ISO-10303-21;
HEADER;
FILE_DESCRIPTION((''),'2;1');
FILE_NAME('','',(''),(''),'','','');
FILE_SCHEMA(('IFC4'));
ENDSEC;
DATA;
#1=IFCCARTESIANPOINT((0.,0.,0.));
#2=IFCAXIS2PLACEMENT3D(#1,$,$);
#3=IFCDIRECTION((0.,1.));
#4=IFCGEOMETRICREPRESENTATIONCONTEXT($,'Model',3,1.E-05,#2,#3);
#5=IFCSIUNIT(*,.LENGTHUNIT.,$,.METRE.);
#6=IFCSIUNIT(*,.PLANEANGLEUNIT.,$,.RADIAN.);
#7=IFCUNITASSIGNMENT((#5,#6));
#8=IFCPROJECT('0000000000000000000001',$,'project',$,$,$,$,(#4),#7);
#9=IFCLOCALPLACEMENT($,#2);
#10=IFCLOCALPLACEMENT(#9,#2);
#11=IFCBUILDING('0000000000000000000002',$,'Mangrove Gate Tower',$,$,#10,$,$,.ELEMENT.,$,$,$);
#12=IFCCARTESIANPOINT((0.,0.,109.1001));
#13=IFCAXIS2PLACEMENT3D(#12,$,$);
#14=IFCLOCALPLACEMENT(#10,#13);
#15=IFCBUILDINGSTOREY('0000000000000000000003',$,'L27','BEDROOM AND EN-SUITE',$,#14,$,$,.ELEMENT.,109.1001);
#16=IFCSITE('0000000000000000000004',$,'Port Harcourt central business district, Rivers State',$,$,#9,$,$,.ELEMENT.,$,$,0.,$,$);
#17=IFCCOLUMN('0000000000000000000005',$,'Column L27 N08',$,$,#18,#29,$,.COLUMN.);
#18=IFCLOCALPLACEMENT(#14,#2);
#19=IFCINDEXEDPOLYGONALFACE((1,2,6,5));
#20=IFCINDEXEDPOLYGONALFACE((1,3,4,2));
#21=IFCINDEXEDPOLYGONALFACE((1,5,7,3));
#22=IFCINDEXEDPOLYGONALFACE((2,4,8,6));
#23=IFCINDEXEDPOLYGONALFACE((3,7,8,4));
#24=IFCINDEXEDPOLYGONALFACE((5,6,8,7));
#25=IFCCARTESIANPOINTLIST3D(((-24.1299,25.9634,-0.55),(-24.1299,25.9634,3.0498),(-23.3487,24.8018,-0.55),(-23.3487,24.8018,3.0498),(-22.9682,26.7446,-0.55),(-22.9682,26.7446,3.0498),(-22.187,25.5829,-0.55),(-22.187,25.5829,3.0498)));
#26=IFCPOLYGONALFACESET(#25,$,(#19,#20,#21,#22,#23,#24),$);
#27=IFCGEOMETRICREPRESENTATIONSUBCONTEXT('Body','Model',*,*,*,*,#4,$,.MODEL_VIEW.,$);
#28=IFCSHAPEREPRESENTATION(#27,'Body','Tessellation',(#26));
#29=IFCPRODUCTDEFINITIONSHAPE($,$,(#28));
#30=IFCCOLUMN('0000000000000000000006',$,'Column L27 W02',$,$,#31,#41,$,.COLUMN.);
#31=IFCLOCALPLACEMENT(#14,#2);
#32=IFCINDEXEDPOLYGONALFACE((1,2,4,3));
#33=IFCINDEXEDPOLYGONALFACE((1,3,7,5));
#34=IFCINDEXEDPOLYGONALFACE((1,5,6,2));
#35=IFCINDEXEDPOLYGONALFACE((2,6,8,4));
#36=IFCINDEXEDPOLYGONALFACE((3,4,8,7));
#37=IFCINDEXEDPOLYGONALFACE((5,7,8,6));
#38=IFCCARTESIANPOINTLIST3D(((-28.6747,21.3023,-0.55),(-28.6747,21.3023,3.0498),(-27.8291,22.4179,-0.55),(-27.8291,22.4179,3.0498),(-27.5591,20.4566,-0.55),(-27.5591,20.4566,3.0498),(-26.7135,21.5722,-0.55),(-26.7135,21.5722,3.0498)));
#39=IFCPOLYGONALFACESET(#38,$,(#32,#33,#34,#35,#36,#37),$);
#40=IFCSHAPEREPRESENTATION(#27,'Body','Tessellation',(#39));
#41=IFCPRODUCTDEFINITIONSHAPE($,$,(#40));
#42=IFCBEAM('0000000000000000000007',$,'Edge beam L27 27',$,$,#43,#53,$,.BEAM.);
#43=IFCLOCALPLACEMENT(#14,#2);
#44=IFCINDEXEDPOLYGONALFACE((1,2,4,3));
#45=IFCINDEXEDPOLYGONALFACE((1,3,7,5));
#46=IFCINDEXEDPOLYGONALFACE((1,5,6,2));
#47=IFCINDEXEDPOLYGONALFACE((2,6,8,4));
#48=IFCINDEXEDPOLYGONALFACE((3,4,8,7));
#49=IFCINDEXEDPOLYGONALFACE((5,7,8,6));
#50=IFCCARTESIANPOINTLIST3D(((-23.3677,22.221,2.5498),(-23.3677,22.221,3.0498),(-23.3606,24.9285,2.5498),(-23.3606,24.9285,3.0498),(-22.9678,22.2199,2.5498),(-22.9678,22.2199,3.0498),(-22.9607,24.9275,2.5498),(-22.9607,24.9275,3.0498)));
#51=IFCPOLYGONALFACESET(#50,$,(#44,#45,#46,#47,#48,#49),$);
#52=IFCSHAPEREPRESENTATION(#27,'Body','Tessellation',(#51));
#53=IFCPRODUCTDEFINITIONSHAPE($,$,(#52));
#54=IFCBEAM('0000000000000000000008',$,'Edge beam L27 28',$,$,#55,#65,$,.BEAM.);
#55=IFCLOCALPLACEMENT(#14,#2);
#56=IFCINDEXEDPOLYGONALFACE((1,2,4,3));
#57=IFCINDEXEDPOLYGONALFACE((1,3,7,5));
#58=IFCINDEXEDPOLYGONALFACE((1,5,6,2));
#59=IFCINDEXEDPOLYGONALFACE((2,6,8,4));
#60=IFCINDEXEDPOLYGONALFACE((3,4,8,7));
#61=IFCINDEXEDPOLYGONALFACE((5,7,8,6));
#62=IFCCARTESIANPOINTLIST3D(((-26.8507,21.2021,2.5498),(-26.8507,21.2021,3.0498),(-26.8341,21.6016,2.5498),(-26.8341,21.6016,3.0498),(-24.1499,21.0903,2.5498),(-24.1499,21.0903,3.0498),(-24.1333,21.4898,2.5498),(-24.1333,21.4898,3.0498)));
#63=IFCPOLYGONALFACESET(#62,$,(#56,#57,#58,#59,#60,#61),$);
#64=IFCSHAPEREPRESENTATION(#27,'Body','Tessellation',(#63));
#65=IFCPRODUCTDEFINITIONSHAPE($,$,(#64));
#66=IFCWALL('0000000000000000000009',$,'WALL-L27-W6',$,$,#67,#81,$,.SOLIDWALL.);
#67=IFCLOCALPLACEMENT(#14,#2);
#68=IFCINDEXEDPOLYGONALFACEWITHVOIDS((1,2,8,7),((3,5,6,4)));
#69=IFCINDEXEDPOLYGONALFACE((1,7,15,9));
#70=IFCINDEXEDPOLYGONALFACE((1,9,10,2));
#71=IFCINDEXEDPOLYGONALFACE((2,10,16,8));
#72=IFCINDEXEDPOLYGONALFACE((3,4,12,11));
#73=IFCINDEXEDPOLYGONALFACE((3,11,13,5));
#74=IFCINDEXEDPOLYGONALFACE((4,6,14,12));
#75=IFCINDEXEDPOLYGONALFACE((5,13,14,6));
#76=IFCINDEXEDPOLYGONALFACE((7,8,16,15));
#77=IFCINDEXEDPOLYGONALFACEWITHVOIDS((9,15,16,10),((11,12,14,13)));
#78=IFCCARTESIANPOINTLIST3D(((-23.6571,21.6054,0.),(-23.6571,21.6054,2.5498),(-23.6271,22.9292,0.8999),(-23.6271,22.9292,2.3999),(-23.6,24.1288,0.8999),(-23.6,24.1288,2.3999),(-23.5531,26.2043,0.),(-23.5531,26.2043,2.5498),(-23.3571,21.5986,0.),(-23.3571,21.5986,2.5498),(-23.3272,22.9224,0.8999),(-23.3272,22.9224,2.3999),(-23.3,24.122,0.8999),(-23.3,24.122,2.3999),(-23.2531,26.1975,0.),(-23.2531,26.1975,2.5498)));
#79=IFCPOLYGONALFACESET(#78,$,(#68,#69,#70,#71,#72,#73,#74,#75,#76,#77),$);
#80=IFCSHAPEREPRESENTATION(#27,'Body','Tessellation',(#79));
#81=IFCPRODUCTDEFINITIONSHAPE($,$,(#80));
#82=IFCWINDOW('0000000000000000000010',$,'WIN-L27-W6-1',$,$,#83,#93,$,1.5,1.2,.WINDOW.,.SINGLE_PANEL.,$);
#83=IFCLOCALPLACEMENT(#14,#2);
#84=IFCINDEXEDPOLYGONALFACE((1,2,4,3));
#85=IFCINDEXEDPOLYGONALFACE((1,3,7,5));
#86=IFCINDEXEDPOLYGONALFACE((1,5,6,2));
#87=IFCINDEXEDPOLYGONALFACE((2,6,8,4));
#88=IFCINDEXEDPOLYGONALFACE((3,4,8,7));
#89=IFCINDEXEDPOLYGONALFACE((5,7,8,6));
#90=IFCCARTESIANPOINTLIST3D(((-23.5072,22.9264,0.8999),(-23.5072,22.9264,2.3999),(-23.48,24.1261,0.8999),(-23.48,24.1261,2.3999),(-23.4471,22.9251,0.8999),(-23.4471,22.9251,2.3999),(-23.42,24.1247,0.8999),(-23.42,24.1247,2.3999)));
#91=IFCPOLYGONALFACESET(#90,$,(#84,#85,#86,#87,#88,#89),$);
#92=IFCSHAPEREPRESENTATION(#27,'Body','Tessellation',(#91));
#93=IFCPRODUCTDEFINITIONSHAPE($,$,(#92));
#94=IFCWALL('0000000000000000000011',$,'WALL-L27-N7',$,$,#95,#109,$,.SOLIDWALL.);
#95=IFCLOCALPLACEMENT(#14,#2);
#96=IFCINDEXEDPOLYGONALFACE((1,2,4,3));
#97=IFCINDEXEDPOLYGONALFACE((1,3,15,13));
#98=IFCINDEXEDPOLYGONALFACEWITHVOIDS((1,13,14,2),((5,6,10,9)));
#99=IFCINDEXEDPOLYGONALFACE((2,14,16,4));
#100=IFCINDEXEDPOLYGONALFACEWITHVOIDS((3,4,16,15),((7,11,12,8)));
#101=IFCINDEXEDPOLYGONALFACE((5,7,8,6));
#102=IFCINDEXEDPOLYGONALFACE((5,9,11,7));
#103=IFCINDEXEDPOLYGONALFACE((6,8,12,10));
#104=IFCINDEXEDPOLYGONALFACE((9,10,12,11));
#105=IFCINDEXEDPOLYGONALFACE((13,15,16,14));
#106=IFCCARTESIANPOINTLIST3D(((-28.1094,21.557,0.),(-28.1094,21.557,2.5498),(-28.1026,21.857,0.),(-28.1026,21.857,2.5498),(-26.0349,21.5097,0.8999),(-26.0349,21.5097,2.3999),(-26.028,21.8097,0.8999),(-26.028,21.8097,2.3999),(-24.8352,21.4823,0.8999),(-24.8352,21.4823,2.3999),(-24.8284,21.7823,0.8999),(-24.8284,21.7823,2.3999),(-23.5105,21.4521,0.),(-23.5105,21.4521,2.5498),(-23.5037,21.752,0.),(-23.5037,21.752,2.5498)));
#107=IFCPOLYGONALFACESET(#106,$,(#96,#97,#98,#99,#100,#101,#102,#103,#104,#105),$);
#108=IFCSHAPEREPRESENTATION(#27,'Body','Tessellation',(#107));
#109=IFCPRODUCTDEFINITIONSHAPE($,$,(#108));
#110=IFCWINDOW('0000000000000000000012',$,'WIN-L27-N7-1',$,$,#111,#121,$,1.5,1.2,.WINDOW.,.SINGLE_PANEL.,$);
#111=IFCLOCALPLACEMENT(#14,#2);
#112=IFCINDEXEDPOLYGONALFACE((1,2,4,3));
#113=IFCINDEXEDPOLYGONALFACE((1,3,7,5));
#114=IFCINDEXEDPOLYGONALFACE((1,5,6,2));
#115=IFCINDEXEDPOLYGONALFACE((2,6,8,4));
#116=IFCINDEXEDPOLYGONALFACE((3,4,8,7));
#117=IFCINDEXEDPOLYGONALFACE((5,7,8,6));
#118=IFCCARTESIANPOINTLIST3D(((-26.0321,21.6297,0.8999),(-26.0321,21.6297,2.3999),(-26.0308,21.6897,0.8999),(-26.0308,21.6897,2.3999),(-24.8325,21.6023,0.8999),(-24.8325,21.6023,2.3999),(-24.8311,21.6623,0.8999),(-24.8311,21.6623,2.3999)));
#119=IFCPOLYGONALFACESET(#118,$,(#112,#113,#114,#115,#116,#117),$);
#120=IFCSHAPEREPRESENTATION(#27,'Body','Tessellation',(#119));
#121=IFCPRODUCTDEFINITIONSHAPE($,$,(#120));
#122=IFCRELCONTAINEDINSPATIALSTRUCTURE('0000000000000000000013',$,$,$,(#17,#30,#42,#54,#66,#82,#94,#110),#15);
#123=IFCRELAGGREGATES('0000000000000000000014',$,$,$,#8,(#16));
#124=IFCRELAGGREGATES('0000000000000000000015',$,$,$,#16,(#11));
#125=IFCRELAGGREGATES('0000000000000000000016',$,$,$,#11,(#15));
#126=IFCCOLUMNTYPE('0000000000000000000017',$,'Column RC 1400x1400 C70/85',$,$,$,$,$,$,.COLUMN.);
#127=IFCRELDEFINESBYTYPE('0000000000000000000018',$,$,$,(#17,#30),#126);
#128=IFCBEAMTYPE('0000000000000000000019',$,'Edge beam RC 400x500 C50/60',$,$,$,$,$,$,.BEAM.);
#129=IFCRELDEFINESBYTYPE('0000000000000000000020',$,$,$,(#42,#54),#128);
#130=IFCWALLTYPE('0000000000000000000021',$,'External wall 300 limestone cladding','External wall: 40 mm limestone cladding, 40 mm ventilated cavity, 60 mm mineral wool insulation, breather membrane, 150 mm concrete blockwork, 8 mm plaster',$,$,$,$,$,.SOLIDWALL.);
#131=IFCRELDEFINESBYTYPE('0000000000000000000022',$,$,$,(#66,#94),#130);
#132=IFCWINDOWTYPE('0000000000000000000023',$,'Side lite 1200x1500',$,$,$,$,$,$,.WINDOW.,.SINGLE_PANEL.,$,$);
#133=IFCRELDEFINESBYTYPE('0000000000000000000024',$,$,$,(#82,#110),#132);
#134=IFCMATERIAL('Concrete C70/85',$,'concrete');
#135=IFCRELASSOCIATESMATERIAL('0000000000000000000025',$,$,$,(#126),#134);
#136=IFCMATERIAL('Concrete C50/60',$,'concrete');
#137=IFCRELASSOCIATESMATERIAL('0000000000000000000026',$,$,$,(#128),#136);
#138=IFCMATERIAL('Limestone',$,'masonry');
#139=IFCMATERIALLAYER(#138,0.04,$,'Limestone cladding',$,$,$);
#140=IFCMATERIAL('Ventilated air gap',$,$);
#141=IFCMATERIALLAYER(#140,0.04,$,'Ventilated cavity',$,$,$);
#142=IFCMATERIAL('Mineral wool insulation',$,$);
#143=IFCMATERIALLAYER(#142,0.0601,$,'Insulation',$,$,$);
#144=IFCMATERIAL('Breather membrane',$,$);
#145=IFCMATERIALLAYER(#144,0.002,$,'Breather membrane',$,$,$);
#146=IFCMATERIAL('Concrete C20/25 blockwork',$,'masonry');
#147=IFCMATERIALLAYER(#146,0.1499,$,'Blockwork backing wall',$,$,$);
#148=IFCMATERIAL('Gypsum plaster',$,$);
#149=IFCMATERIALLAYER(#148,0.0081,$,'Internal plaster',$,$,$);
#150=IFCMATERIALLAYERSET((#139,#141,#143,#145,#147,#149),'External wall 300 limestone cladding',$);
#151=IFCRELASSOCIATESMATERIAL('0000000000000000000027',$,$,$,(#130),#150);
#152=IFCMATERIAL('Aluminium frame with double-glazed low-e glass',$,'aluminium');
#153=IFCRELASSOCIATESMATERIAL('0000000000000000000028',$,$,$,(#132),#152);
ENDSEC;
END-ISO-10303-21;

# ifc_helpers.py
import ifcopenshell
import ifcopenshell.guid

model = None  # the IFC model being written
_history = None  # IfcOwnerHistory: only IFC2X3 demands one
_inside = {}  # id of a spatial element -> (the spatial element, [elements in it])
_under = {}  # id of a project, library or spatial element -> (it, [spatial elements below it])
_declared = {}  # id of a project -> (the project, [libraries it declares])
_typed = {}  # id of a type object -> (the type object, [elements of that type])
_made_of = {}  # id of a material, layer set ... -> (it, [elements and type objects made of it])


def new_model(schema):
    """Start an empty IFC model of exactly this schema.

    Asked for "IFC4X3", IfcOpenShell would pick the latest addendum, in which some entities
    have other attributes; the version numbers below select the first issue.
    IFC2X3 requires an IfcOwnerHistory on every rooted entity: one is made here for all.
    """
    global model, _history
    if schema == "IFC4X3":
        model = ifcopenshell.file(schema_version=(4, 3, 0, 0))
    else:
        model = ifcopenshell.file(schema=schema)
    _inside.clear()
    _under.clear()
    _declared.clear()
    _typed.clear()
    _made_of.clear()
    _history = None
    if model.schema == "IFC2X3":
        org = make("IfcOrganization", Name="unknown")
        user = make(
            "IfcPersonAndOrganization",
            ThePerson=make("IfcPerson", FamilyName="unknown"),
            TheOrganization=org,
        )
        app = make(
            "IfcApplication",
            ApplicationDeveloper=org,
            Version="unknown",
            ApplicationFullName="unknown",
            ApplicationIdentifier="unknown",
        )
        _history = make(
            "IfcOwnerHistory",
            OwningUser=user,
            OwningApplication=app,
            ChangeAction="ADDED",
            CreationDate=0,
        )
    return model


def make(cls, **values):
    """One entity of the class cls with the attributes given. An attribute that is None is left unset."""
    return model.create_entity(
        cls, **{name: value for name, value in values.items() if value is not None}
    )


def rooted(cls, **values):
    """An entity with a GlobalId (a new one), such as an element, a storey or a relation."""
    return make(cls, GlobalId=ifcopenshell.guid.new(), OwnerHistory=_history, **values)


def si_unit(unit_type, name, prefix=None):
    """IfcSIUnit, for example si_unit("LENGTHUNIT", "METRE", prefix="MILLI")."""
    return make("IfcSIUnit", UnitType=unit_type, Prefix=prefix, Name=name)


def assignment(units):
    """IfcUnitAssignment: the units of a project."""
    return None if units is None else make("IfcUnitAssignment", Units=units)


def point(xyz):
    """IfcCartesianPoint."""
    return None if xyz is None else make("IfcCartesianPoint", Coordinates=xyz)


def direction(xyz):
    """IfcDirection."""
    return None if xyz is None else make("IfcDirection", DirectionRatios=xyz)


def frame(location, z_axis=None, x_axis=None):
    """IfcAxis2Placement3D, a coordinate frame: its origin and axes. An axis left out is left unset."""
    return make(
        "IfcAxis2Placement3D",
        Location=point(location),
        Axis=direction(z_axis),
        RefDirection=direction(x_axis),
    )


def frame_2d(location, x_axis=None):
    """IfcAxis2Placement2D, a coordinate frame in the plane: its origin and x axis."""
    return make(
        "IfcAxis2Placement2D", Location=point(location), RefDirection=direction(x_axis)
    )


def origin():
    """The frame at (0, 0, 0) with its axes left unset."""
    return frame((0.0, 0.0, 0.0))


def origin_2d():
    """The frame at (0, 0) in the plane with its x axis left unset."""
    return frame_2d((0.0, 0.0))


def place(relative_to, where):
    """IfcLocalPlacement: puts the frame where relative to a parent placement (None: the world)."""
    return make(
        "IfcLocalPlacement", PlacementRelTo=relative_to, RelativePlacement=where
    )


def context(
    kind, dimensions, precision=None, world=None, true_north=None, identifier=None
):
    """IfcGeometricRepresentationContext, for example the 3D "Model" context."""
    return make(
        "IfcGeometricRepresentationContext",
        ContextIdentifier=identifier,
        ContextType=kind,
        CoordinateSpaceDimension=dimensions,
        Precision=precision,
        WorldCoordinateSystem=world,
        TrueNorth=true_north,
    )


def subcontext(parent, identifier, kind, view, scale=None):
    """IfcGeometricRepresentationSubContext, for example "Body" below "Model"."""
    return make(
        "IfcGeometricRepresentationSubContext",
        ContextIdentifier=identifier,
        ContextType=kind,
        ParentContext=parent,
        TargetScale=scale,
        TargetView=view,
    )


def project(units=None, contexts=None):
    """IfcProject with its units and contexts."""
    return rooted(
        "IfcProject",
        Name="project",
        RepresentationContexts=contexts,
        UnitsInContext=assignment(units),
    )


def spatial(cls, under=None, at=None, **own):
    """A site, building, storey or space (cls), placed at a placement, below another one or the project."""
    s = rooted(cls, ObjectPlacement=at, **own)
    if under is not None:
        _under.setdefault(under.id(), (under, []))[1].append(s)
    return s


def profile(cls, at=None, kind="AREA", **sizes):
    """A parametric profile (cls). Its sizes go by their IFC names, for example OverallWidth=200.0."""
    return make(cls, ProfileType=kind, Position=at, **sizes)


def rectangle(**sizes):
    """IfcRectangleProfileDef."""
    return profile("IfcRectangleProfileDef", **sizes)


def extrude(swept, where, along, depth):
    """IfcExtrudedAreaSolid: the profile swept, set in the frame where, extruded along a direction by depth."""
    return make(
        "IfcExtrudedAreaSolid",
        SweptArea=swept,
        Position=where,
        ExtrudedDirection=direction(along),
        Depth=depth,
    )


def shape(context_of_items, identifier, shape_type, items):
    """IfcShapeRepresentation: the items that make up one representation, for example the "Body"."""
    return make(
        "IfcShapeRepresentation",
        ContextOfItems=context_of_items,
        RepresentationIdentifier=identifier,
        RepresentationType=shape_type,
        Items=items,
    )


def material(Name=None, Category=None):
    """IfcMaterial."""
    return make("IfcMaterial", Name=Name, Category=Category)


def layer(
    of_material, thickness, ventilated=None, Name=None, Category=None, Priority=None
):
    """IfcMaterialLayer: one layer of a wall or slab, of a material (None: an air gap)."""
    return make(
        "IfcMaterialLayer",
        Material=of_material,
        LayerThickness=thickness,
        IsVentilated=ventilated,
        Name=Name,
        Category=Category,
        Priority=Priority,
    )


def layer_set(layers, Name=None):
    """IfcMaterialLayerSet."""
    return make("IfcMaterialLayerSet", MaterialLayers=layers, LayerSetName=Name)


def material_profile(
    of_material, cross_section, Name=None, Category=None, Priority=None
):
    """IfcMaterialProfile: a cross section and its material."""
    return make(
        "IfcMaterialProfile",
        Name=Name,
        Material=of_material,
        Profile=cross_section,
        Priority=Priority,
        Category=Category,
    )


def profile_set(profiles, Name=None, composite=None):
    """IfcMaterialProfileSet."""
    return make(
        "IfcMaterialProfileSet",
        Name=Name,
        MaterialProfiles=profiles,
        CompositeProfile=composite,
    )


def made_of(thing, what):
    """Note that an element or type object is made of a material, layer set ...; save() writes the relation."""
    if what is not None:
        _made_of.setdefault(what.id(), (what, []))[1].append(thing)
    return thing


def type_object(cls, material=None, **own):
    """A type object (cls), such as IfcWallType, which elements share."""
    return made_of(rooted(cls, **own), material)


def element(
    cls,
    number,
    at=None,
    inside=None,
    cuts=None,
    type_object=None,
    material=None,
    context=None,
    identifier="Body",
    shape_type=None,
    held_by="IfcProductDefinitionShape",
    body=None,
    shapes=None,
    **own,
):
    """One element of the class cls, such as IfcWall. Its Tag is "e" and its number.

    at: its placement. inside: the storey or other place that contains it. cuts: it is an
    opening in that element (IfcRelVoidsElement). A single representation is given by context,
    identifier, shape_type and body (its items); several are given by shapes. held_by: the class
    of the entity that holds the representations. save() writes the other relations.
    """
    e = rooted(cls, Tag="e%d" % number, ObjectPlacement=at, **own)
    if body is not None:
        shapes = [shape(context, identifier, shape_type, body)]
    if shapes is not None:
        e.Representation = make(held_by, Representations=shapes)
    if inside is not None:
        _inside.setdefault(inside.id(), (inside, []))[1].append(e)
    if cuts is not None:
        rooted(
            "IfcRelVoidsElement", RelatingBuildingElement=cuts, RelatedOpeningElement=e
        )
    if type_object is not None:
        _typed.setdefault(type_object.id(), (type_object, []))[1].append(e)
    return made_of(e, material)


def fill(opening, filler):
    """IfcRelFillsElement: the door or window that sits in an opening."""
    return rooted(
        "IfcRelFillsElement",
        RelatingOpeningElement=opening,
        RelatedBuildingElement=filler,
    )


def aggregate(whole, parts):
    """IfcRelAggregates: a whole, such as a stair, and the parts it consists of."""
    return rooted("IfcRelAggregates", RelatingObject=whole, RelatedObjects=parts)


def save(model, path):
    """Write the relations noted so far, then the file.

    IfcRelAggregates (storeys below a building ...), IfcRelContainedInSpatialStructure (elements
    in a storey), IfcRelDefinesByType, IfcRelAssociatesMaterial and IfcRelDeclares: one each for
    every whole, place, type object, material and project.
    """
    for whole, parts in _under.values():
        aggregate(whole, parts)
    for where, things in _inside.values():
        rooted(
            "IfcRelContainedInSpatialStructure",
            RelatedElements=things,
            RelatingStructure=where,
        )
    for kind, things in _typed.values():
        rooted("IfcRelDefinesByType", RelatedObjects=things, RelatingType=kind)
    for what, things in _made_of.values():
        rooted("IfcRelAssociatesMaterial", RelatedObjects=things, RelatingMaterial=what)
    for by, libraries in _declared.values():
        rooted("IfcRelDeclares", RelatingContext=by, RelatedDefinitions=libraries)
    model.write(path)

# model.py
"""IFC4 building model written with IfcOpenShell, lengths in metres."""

from ifc_helpers import new_model, si_unit, direction, frame, frame_2d, origin, origin_2d, place, context, subcontext, project, spatial, rectangle, extrude, material, layer, layer_set, material_profile, profile_set, type_object, element, fill, save


model = new_model("IFC4")

# Units and contexts
model_context = context("Model", 3, precision=1e-05, world=origin(), true_north=direction((0.0, 1.0)))
body_context = subcontext(model_context, "Body", "Model", "MODEL_VIEW")
ifc_project = project(units=[si_unit("LENGTHUNIT", "METRE"), si_unit("PLANEANGLEUNIT", "RADIAN")], contexts=[model_context])

# Site, building, storey
site_placement = place(None, origin())
site = spatial("IfcSite", under=ifc_project, at=site_placement, Name="Port Harcourt central business district, Rivers State", CompositionType="ELEMENT", RefElevation=0.0)
building_placement = place(site_placement, origin())
building = spatial("IfcBuilding", under=site, at=building_placement, Name="Mangrove Gate Tower", CompositionType="ELEMENT")
storey_placement = place(building_placement, frame((0.0, 0.0, 109.1001)))
storey = spatial("IfcBuildingStorey", under=building, at=storey_placement, Name="L27", Description="BEDROOM AND EN-SUITE", CompositionType="ELEMENT", Elevation=109.1001)

# Columns
ifc_material_1 = material(Name="Concrete C70/85", Category="concrete")
ifc_material_profile_1 = material_profile(ifc_material_1, rectangle(XDim=1.3999, YDim=1.3999, at=origin_2d()))
ifc_profile_set_1 = profile_set([ifc_material_profile_1], Name="Concrete C70/85")
column_type = type_object("IfcColumnType", Name="Column RC 1400x1400 C70/85", PredefinedType="COLUMN", material=ifc_profile_set_1)
for number, where, z_axis, x_axis, name in (
    (1, (-23.1584, 25.7732, -0.55), (0.0, 0.0, 1.0), (-0.829826, -0.558023, 0.0), "Column L27 N08"),
    (2, (-27.6941, 21.4373, -0.55), (0.0, 0.0, 1.0), (-0.604088, -0.796917, 0.0), "Column L27 W02"),
):
    element("IfcColumn", number, at=place(storey_placement, frame(where, z_axis=z_axis, x_axis=x_axis)), inside=storey, type_object=column_type, Name=name, PredefinedType="COLUMN", context=body_context, shape_type="SweptSolid", body=[
        extrude(rectangle(XDim=1.3999, YDim=1.3999, at=origin_2d()), origin(), (0.0, 0.0, 1.0), 3.5999),
    ])

# Beams
ifc_material_2 = material(Name="Concrete C50/60", Category="concrete")
ifc_material_profile_2 = material_profile(ifc_material_2, rectangle(XDim=0.3999, YDim=0.5, at=origin_2d()))
ifc_profile_set_2 = profile_set([ifc_material_profile_2], Name="Concrete C50/60")
beam_type = type_object("IfcBeamType", Name="Edge beam RC 400x500 C50/60", PredefinedType="BEAM", material=ifc_profile_set_2)
beam_1_placement = place(storey_placement, frame((-23.1606, 24.928, 2.7998), z_axis=(-0.002615, -0.999997, 0.0), x_axis=(0.999997, -0.002615, 0.0)))
element("IfcBeam", 3, at=beam_1_placement, inside=storey, type_object=beam_type, Name="Edge beam L27 27", PredefinedType="BEAM", context=body_context, shape_type="SweptSolid", body=[
    extrude(rectangle(XDim=0.3999, YDim=0.5, at=origin_2d()), origin(), (0.0, 0.0, 1.0), 2.7075),
])
beam_2_placement = place(storey_placement, frame((-24.1416, 21.29, 2.7998), z_axis=(-0.999144, 0.041364, 0.0), x_axis=(-0.041364, -0.999144, 0.0)))
element("IfcBeam", 4, at=beam_2_placement, inside=storey, type_object=beam_type, Name="Edge beam L27 28", PredefinedType="BEAM", context=body_context, shape_type="SweptSolid", body=[
    extrude(rectangle(XDim=0.3999, YDim=0.5, at=origin_2d()), origin(), (0.0, 0.0, 1.0), 2.7031),
])

# Walls, openings, windows
ifc_material_3 = material(Name="Limestone", Category="masonry")
ifc_layer_1 = layer(ifc_material_3, 0.04, Name="Limestone cladding")
ifc_material_4 = material(Name="Ventilated air gap")
ifc_layer_2 = layer(ifc_material_4, 0.04, Name="Ventilated cavity")
ifc_material_5 = material(Name="Mineral wool insulation")
ifc_layer_3 = layer(ifc_material_5, 0.0601, Name="Insulation")
ifc_material_6 = material(Name="Breather membrane")
ifc_layer_4 = layer(ifc_material_6, 0.002, Name="Breather membrane")
ifc_material_7 = material(Name="Concrete C20/25 blockwork", Category="masonry")
ifc_layer_5 = layer(ifc_material_7, 0.1499, Name="Blockwork backing wall")
ifc_material_8 = material(Name="Gypsum plaster")
ifc_layer_6 = layer(ifc_material_8, 0.0081, Name="Internal plaster")
ifc_layer_set = layer_set([ifc_layer_1, ifc_layer_2, ifc_layer_3, ifc_layer_4, ifc_layer_5, ifc_layer_6], Name="External wall 300 limestone cladding")
wall_type = type_object("IfcWallType", Name="External wall 300 limestone cladding", Description="External wall: 40 mm limestone cladding, 40 mm ventilated cavity, 60 mm mineral wool insulation, breather membrane, 150 mm concrete blockwork, 8 mm plaster", PredefinedType="SOLIDWALL", material=ifc_layer_set)
wall_1_placement = place(storey_placement, frame((-23.4031, 26.2009, 0.0), z_axis=(0.0, 0.0, 1.0), x_axis=(-0.022609, -0.999744, 0.0)))
wall_1 = element("IfcWall", 5, at=wall_1_placement, inside=storey, type_object=wall_type, Name="WALL-L27-W6", PredefinedType="SOLIDWALL", context=body_context, shape_type="SweptSolid", body=[
    extrude(rectangle(XDim=4.6001, YDim=0.3, at=frame_2d((2.3, 0.0))), origin(), (0.0, 0.0, 1.0), 2.5498),
])
opening_1_placement = place(wall_1_placement, frame((2.0759, 0.0, 0.8999)))
opening_1 = element("IfcOpeningElement", 6, at=opening_1_placement, cuts=wall_1, PredefinedType="OPENING", context=body_context, shape_type="SweptSolid", body=[
    extrude(rectangle(XDim=1.2, YDim=1.5, at=frame_2d((0.6001, 0.75))), frame((0.0, 0.1599, 0.0), z_axis=(0.0, -1.0, 0.0), x_axis=(1.0, 0.0, 0.0)), (0.0, 0.0, 1.0), 0.3201),
])
ifc_material_9 = material(Name="Aluminium frame with double-glazed low-e glass", Category="aluminium")
window_type_1 = type_object("IfcWindowType", Name="Side lite 1200x1500", PartitioningType="SINGLE_PANEL", PredefinedType="WINDOW", material=ifc_material_9)
window_1_placement = place(opening_1_placement, origin())
window_1 = element("IfcWindow", 7, at=window_1_placement, inside=storey, type_object=window_type_1, Name="WIN-L27-W6-1", OverallHeight=1.5, OverallWidth=1.2, PartitioningType="SINGLE_PANEL", PredefinedType="WINDOW", context=body_context, shape_type="SweptSolid", body=[
    extrude(rectangle(XDim=1.2, YDim=1.5, at=frame_2d((0.6001, 0.75))), frame((0.0, 0.03, 0.0), z_axis=(0.0, -1.0, 0.0), x_axis=(1.0, 0.0, 0.0)), (0.0, 0.0, 1.0), 0.0601),
])
fill(opening_1, window_1)
wall_2_placement = place(storey_placement, frame((-23.5071, 21.6021, 0.0), z_axis=(0.0, 0.0, 1.0), x_axis=(-0.99974, 0.022821, 0.0)))
wall_2 = element("IfcWall", 8, at=wall_2_placement, inside=storey, type_object=wall_type, Name="WALL-L27-N7", PredefinedType="SOLIDWALL", context=body_context, shape_type="SweptSolid", body=[
    extrude(rectangle(XDim=4.6001, YDim=0.3, at=frame_2d((2.3, 0.0))), origin(), (0.0, 0.0, 1.0), 2.5498),
])
opening_2_placement = place(wall_2_placement, frame((1.325, 0.0, 0.8999)))
opening_2 = element("IfcOpeningElement", 9, at=opening_2_placement, cuts=wall_2, PredefinedType="OPENING", context=body_context, shape_type="SweptSolid", body=[
    extrude(rectangle(XDim=1.2, YDim=1.5, at=frame_2d((0.6001, 0.75))), frame((0.0, 0.1599, 0.0), z_axis=(0.0, -1.0, 0.0), x_axis=(1.0, 0.0, 0.0)), (0.0, 0.0, 1.0), 0.3201),
])
window_2_placement = place(opening_2_placement, origin())
window_2 = element("IfcWindow", 10, at=window_2_placement, inside=storey, type_object=window_type_1, Name="WIN-L27-N7-1", OverallHeight=1.5, OverallWidth=1.2, PartitioningType="SINGLE_PANEL", PredefinedType="WINDOW", context=body_context, shape_type="SweptSolid", body=[
    extrude(rectangle(XDim=1.2, YDim=1.5, at=frame_2d((0.6001, 0.75))), frame((0.0, 0.03, 0.0), z_axis=(0.0, -1.0, 0.0), x_axis=(1.0, 0.0, 0.0)), (0.0, 0.0, 1.0), 0.0601),
])
fill(opening_2, window_2)

save(model, "model.ifc")
